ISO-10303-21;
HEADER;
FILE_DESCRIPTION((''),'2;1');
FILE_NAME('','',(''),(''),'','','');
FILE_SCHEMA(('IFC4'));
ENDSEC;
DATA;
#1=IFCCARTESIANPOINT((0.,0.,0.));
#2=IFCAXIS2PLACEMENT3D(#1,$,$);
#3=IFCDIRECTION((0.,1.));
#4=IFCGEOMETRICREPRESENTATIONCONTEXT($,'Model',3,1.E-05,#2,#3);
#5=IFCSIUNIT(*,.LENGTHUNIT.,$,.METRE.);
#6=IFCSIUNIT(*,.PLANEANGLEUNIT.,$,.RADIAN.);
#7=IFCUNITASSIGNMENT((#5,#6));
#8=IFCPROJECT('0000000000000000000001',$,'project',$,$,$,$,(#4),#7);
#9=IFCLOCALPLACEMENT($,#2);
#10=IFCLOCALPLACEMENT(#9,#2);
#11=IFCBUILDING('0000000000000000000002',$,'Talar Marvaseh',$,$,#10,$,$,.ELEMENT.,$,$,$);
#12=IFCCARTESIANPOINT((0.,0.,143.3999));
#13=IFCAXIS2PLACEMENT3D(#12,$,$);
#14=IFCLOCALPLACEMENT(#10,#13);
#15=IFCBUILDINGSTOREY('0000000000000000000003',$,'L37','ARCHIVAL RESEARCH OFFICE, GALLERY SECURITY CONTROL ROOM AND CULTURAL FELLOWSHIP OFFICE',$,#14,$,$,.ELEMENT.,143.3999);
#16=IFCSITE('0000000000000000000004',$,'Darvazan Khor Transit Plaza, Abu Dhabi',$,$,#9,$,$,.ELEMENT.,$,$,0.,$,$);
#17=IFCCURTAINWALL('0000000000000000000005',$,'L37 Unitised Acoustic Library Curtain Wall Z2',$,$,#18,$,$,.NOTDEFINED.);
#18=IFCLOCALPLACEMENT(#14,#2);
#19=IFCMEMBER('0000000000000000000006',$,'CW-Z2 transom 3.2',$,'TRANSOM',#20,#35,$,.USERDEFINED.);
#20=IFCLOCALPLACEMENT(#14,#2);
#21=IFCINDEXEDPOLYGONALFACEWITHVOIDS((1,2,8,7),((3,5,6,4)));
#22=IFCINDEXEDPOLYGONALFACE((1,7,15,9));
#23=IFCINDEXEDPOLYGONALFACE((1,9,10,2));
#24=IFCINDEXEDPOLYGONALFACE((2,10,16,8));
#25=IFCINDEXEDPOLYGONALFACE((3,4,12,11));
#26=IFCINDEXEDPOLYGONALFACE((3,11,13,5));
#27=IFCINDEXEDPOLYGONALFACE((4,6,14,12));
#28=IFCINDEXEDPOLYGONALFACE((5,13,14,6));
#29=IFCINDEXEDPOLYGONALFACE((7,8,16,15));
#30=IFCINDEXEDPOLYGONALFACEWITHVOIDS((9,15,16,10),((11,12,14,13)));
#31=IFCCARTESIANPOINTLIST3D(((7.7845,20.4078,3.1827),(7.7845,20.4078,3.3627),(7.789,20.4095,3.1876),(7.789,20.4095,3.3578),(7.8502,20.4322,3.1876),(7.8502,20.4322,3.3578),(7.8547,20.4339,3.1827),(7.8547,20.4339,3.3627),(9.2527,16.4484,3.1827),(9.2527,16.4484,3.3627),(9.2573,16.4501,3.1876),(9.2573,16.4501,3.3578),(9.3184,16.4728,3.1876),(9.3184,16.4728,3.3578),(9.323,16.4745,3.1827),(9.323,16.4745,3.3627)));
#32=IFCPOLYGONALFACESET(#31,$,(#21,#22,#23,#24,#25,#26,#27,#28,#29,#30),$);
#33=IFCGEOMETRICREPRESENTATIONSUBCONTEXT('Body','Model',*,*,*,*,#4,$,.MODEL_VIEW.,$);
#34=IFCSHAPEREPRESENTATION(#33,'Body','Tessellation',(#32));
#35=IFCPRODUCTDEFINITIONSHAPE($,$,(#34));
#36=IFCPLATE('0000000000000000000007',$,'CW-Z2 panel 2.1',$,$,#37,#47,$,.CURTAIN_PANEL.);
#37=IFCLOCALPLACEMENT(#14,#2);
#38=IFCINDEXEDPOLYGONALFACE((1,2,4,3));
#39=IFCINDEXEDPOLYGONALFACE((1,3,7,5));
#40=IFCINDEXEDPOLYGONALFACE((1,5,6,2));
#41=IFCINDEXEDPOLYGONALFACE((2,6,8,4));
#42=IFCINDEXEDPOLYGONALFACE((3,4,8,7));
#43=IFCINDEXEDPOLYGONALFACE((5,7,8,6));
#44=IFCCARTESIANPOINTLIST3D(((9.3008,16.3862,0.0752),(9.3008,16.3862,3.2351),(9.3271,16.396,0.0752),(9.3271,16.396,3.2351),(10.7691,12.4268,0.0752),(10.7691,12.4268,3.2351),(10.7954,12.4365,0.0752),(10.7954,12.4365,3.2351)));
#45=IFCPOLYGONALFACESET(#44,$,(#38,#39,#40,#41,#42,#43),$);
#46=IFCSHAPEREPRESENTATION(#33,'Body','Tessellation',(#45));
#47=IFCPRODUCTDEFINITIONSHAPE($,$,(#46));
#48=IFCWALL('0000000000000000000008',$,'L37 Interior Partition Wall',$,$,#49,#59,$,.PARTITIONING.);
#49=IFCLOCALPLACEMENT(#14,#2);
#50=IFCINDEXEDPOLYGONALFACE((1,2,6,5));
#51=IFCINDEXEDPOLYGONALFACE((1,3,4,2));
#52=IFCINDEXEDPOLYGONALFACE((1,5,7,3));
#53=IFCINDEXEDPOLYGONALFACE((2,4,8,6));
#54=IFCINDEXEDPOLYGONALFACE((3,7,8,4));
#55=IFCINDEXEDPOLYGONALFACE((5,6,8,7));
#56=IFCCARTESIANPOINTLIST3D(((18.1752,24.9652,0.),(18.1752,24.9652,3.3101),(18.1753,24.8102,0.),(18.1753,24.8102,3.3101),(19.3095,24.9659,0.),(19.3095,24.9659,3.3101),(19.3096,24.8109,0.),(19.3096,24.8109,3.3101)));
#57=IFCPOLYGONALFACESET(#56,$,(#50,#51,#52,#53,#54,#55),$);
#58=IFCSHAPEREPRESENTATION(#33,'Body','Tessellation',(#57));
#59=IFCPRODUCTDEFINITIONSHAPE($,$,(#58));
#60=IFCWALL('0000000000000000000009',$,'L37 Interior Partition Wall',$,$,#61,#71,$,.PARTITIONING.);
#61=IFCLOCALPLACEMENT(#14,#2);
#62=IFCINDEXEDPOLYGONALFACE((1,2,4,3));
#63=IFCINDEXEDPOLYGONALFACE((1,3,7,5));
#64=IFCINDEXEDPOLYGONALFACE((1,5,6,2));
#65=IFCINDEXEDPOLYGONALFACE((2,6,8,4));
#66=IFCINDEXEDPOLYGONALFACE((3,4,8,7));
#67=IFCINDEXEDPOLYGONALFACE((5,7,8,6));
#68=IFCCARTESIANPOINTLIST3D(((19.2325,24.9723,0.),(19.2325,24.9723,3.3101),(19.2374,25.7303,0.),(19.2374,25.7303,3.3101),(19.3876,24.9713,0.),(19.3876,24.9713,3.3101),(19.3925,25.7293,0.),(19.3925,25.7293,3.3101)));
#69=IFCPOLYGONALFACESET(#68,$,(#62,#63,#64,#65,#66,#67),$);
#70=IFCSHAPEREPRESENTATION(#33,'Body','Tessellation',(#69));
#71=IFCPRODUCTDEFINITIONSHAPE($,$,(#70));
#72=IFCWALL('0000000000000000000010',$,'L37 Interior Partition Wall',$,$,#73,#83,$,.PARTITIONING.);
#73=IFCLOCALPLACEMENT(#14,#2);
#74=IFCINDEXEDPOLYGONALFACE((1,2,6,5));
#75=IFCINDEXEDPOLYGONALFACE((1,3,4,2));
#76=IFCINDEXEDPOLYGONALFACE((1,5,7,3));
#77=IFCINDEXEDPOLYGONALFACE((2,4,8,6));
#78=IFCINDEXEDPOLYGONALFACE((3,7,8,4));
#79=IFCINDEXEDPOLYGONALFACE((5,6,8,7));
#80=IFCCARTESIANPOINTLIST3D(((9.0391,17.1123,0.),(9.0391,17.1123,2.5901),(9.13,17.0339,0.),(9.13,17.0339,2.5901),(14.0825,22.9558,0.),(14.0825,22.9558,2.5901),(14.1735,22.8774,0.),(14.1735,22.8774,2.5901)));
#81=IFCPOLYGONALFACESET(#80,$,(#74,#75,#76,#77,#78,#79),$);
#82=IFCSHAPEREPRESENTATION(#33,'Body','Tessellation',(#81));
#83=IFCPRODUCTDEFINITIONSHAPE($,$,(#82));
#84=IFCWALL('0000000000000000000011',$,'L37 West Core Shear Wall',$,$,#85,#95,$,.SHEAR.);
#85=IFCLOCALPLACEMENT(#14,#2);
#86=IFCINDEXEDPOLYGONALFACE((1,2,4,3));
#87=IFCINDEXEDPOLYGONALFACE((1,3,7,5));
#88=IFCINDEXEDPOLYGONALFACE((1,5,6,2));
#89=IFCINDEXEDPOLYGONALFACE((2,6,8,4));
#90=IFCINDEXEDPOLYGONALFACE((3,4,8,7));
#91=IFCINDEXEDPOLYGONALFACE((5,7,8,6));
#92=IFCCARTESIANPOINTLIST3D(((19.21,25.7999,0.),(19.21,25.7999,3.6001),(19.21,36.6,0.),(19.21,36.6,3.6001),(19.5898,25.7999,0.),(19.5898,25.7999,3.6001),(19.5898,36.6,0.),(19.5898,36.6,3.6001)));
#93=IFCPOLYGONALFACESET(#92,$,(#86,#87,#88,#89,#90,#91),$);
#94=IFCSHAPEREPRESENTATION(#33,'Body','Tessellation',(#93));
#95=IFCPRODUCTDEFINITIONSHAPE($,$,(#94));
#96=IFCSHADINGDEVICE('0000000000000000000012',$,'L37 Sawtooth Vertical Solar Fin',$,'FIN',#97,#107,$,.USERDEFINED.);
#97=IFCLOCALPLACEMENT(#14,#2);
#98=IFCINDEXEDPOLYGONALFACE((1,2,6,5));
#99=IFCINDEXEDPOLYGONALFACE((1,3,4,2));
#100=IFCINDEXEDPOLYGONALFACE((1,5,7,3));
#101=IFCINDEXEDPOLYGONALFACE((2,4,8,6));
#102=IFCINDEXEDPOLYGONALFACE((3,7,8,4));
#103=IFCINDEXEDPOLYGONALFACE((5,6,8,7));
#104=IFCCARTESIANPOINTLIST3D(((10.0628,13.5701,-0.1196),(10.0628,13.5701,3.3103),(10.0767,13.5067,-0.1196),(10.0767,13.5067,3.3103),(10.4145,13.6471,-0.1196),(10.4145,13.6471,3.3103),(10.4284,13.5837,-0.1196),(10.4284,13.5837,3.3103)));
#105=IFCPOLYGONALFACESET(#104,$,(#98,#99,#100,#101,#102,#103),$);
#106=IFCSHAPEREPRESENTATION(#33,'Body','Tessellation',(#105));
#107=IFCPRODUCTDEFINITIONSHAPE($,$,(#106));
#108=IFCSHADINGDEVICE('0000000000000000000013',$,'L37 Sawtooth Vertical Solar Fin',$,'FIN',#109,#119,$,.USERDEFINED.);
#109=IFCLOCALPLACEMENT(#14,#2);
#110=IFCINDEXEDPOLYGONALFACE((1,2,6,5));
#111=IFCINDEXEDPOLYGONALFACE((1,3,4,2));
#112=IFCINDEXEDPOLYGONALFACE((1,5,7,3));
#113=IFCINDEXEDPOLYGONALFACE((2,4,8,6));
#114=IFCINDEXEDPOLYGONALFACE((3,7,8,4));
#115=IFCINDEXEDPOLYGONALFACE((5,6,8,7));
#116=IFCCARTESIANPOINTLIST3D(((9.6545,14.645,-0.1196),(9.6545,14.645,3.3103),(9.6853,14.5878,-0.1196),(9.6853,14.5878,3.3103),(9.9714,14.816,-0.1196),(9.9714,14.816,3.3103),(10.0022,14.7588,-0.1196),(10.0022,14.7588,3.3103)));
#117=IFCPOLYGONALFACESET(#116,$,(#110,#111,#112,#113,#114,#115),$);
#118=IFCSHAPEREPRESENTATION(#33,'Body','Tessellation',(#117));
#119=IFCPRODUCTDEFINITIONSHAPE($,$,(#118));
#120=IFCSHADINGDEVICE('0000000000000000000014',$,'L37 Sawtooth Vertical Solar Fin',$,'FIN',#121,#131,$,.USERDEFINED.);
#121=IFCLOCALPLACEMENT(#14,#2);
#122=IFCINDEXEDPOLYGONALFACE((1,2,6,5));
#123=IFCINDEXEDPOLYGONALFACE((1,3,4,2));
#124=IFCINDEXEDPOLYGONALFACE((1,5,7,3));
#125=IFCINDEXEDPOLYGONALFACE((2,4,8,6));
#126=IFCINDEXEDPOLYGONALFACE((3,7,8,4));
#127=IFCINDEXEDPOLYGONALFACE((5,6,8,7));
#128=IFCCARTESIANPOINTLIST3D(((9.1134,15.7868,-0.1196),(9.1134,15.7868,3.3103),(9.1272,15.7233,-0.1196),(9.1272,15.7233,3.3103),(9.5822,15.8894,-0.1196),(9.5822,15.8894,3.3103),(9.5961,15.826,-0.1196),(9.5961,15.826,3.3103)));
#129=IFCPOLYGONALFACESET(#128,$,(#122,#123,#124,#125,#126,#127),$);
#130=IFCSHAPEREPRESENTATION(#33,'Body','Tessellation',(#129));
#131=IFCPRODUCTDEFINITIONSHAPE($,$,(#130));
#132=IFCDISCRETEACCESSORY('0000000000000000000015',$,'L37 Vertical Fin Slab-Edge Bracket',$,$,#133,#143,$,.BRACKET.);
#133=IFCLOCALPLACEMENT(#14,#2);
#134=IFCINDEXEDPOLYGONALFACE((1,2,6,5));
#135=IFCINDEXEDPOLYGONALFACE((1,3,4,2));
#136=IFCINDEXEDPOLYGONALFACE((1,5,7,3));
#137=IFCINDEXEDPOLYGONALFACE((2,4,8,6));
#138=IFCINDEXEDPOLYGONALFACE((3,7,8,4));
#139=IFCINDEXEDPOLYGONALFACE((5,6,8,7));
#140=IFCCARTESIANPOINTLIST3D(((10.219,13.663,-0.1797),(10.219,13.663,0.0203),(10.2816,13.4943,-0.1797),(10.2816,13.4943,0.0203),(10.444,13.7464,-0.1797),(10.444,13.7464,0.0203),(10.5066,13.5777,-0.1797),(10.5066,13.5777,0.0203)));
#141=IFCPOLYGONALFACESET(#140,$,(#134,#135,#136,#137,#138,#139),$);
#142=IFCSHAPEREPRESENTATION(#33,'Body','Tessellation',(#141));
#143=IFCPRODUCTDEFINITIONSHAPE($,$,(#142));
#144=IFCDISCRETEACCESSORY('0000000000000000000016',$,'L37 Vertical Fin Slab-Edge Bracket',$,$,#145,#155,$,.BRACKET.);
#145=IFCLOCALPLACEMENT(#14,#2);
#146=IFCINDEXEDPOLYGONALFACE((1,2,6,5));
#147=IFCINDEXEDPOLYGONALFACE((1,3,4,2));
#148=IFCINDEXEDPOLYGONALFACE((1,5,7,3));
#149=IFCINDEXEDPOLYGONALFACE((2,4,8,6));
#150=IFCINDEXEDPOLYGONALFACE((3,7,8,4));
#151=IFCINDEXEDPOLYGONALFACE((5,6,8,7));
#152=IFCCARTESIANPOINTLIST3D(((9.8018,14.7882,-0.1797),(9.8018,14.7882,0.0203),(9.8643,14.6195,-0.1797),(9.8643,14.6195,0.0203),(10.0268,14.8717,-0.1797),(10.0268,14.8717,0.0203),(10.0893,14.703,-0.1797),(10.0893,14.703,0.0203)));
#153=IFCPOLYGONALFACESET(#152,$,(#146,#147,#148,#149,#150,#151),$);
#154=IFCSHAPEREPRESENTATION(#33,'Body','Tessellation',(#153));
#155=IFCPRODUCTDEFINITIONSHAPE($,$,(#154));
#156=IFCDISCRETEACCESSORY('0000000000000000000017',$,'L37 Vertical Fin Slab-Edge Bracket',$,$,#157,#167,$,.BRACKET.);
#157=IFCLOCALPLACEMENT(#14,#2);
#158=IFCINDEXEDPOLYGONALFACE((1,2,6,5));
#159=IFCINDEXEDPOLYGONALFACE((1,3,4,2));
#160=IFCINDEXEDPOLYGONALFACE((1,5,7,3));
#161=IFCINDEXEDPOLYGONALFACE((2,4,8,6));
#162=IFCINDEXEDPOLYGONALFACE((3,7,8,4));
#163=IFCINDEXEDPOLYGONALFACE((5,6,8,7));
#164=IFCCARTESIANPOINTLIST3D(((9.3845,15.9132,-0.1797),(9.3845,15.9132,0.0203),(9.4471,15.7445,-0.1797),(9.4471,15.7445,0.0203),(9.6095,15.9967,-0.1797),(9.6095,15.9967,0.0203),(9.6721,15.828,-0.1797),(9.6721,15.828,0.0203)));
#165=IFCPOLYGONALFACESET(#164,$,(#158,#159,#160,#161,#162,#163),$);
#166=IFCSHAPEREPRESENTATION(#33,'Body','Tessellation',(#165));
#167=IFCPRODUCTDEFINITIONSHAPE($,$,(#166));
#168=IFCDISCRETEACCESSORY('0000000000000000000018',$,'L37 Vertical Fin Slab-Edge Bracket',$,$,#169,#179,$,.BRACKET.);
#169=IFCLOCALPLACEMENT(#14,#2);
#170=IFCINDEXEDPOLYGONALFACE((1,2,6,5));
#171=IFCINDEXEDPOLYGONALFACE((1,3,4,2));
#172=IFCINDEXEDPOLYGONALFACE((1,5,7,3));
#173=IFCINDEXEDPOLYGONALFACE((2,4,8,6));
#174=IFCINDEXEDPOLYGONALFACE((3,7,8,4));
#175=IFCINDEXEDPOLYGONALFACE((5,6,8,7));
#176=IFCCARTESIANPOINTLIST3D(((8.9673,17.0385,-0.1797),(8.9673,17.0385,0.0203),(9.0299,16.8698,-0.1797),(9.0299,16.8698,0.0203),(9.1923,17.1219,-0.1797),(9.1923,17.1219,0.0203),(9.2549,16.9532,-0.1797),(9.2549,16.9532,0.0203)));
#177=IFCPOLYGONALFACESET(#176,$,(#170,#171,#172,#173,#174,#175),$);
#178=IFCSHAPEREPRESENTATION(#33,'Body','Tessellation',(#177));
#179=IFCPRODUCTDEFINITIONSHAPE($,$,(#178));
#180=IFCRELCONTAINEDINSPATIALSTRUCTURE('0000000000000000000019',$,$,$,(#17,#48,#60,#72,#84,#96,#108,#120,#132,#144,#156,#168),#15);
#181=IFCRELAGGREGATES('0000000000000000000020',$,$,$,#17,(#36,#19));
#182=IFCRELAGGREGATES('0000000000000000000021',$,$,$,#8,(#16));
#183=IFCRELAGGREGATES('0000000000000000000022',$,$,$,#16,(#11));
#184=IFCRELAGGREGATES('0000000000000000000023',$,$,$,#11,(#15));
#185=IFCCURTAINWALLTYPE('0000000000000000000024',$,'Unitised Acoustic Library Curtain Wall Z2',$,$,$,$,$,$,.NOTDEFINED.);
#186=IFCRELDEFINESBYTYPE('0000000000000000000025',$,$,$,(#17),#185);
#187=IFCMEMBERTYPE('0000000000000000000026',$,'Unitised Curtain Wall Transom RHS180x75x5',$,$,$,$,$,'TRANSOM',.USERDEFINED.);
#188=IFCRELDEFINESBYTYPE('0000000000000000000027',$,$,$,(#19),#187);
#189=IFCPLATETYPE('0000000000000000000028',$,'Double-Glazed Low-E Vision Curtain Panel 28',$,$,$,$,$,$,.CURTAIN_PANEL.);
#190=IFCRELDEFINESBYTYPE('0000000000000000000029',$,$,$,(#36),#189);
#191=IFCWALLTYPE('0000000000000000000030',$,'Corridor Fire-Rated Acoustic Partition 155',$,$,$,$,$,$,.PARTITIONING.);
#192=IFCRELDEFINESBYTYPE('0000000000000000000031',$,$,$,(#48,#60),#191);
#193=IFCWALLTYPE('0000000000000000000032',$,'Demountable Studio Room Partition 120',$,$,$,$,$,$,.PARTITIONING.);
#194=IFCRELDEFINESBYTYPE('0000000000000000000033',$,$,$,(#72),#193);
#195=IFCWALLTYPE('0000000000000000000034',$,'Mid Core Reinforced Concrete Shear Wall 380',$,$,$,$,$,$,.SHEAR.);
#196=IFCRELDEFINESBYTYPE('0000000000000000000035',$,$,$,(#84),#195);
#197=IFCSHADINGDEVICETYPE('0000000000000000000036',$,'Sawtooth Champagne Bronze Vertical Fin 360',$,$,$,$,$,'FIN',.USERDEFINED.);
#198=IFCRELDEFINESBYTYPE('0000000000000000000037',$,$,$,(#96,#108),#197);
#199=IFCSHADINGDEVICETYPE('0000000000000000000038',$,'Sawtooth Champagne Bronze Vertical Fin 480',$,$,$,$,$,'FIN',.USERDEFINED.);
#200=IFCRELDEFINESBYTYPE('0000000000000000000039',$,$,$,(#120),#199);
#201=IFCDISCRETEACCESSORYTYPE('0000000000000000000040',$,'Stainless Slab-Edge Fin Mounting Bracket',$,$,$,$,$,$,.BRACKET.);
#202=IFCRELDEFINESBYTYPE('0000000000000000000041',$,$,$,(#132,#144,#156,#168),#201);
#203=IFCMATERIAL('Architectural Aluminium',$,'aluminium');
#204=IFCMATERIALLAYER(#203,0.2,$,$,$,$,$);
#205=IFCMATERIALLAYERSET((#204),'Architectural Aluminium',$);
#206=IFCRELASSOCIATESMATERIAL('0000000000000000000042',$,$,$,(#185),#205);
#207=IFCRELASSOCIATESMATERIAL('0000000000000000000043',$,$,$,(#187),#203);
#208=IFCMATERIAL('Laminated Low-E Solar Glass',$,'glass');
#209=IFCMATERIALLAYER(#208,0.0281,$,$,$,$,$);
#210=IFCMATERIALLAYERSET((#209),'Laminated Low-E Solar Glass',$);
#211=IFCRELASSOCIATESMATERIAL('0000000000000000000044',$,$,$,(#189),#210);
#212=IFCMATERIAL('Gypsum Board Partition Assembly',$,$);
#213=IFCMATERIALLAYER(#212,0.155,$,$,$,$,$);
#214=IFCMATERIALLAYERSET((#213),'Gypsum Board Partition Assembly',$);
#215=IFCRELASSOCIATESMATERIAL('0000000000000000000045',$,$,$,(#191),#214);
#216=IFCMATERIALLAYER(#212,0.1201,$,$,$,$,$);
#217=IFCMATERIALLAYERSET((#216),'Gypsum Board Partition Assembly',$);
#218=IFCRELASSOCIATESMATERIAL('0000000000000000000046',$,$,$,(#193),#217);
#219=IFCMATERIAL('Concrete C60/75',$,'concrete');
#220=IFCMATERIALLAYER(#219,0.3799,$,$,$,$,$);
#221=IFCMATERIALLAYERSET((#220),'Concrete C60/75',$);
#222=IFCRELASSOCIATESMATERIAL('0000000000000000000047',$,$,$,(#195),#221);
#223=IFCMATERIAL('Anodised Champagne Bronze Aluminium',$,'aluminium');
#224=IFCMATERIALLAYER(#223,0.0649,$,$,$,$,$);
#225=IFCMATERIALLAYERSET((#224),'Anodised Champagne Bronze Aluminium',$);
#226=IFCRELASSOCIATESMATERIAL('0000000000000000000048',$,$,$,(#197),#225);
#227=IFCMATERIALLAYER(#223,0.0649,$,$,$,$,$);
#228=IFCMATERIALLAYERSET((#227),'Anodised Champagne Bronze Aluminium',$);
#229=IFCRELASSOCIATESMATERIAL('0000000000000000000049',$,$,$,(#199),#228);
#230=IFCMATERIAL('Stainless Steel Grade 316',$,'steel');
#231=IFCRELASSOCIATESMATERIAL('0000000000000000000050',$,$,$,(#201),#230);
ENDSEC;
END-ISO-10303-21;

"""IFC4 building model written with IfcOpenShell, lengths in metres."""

from ifc_helpers import new_model, si_unit, direction, frame, frame_2d, origin, origin_2d, place, context, subcontext, project, spatial, rectangle, hollow_rectangle, extrude, source, transform, mapped, material, layer, layer_set, material_profile, profile_set, type_object, type_shapes, element, aggregate, save


model = new_model("IFC4")

# Units and contexts
model_context = context("Model", 3, precision=1e-05, world=origin(), true_north=direction((0.0, 1.0)))
body_context = subcontext(model_context, "Body", "Model", "MODEL_VIEW")
ifc_project = project(units=[si_unit("LENGTHUNIT", "METRE"), si_unit("PLANEANGLEUNIT", "RADIAN")], contexts=[model_context])

# Site, building, storey
site_placement = place(None, origin())
site = spatial("IfcSite", under=ifc_project, at=site_placement, Name="Darvazan Khor Transit Plaza, Abu Dhabi", CompositionType="ELEMENT", RefElevation=0.0)
building_placement = place(site_placement, origin())
building = spatial("IfcBuilding", under=site, at=building_placement, Name="Talar Marvaseh", CompositionType="ELEMENT")
storey_placement = place(building_placement, frame((0.0, 0.0, 143.3999)))
storey = spatial("IfcBuildingStorey", under=building, at=storey_placement, Name="L37", Description="ARCHIVAL RESEARCH OFFICE, GALLERY SECURITY CONTROL ROOM AND CULTURAL FELLOWSHIP OFFICE", CompositionType="ELEMENT", Elevation=143.3999)

# Shared definitions
ifc_material_1 = material(Name="Concrete C60/75", Category="concrete")

# Curtain wall, member, plate
ifc_material_2 = material(Name="Architectural Aluminium", Category="aluminium")
ifc_layer_1 = layer(ifc_material_2, 0.2)
ifc_layer_set_1 = layer_set([ifc_layer_1], Name="Architectural Aluminium")
curtain_wall_type = type_object("IfcCurtainWallType", Name="Unitised Acoustic Library Curtain Wall Z2", PredefinedType="NOTDEFINED", material=ifc_layer_set_1)
curtain_wall_placement = place(storey_placement, origin())
curtain_wall = element("IfcCurtainWall", 1, at=curtain_wall_placement, inside=storey, type_object=curtain_wall_type, Name="L37 Unitised Acoustic Library Curtain Wall Z2", PredefinedType="NOTDEFINED")
ifc_material_profile_1 = material_profile(ifc_material_2, hollow_rectangle(XDim=0.075, YDim=0.1799, WallThickness=0.0049, at=origin_2d()), Name="RHS180x75x5")
ifc_profile_set_1 = profile_set([ifc_material_profile_1], Name="Architectural Aluminium")
member_type_1 = type_object("IfcMemberType", Name="Unitised Curtain Wall Transom RHS180x75x5", ElementType="TRANSOM", PredefinedType="USERDEFINED", material=ifc_profile_set_1)
shared_shape_1 = source(origin(), body_context, "Body", "SweptSolid", [
    extrude(hollow_rectangle(XDim=0.075, YDim=0.1799, WallThickness=0.0049, at=origin_2d()), origin(), (0.0, 0.0, 1.0), 4.2229),
])
type_shapes(member_type_1, [shared_shape_1])
member_1_placement = place(storey_placement, frame((9.2878, 16.4614, 3.2727), z_axis=(-0.347687, 0.937611, 0.0), x_axis=(-0.937611, -0.347687, 0.0)))
member_1 = element("IfcMember", 2, at=member_1_placement, type_object=member_type_1, Name="CW-Z2 transom 3.2", ObjectType="TRANSOM", PredefinedType="USERDEFINED", context=body_context, shape_type="MappedRepresentation", body=[
    mapped(shared_shape_1, transform((0.0, 0.0, 0.0), x_axis=(1.0, 0.0, 0.0), y_axis=(0.0, 1.0, 0.0), z_axis=(0.0, 0.0, 1.0), scale=1.0)),
])
ifc_material_3 = material(Name="Laminated Low-E Solar Glass", Category="glass")
ifc_layer_2 = layer(ifc_material_3, 0.0281)
ifc_layer_set_2 = layer_set([ifc_layer_2], Name="Laminated Low-E Solar Glass")
plate_type = type_object("IfcPlateType", Name="Double-Glazed Low-E Vision Curtain Panel 28", PredefinedType="CURTAIN_PANEL", material=ifc_layer_set_2)
shared_shape_2 = source(origin(), body_context, "Body", "SweptSolid", [
    extrude(rectangle(XDim=4.2229, YDim=0.0281, at=origin_2d()), origin(), (0.0, 0.0, 1.0), 3.1599),
])
type_shapes(plate_type, [shared_shape_2])
plate_placement = place(storey_placement, frame((10.0481, 14.4114, 0.0752), z_axis=(0.0, 0.0, 1.0), x_axis=(-0.347688, 0.93761, 0.0)))
plate = element("IfcPlate", 3, at=plate_placement, type_object=plate_type, Name="CW-Z2 panel 2.1", PredefinedType="CURTAIN_PANEL", context=body_context, shape_type="MappedRepresentation", body=[
    mapped(shared_shape_2, transform((0.0, 0.0, 0.0), x_axis=(1.0, 0.0, 0.0), y_axis=(0.0, 1.0, 0.0), z_axis=(0.0, 0.0, 1.0), scale=1.0)),
])
aggregate(curtain_wall, [plate, member_1])

# Shared definitions
ifc_material_4 = material(Name="Gypsum Board Partition Assembly")
ifc_layer_3 = layer(ifc_material_4, 0.155)
ifc_layer_set_3 = layer_set([ifc_layer_3], Name="Gypsum Board Partition Assembly")
wall_type_1 = type_object("IfcWallType", Name="Corridor Fire-Rated Acoustic Partition 155", PredefinedType="PARTITIONING", material=ifc_layer_set_3)

# Walls
wall_1_placement = place(storey_placement, frame((18.1753, 24.8877, 0.0), z_axis=(0.0, 0.0, 1.0), x_axis=(1.0, 0.000646, 0.0)))
element("IfcWall", 4, at=wall_1_placement, inside=storey, type_object=wall_type_1, Name="L37 Interior Partition Wall", PredefinedType="PARTITIONING", context=body_context, shape_type="SweptSolid", body=[
    extrude(rectangle(XDim=1.1343, YDim=0.155, at=frame_2d((0.5671, 0.0))), origin(), (0.0, 0.0, 1.0), 3.3101),
])
wall_2_placement = place(storey_placement, frame((19.3101, 24.9719, 0.0), z_axis=(0.0, 0.0, 1.0), x_axis=(0.006441, 0.999979, 0.0)))
element("IfcWall", 5, at=wall_2_placement, inside=storey, type_object=wall_type_1, Name="L37 Interior Partition Wall", PredefinedType="PARTITIONING", context=body_context, shape_type="SweptSolid", body=[
    extrude(rectangle(XDim=0.7581, YDim=0.155, at=frame_2d((0.3789, 0.0))), origin(), (0.0, 0.0, 1.0), 3.3101),
])
ifc_layer_4 = layer(ifc_material_4, 0.1201)
ifc_layer_set_4 = layer_set([ifc_layer_4], Name="Gypsum Board Partition Assembly")
wall_type_2 = type_object("IfcWallType", Name="Demountable Studio Room Partition 120", PredefinedType="PARTITIONING", material=ifc_layer_set_4)
wall_3_placement = place(storey_placement, frame((14.1279, 22.9165, 0.0), z_axis=(0.0, 0.0, 1.0), x_axis=(-0.653382, -0.757028, 0.0)))
element("IfcWall", 6, at=wall_3_placement, inside=storey, type_object=wall_type_2, Name="L37 Interior Partition Wall", PredefinedType="PARTITIONING", context=body_context, shape_type="SweptSolid", body=[
    extrude(rectangle(XDim=7.719, YDim=0.1201, at=frame_2d((3.8594, 0.0))), origin(), (0.0, 0.0, 1.0), 2.5901),
])
ifc_layer_5 = layer(ifc_material_1, 0.3799)
ifc_layer_set_5 = layer_set([ifc_layer_5], Name="Concrete C60/75")
wall_type_3 = type_object("IfcWallType", Name="Mid Core Reinforced Concrete Shear Wall 380", PredefinedType="SHEAR", material=ifc_layer_set_5)
wall_4_placement = place(storey_placement, frame((19.3999, 25.8, 0.0), z_axis=(0.0, 0.0, 1.0), x_axis=(0.0, 1.0, 0.0)))
element("IfcWall", 7, at=wall_4_placement, inside=storey, type_object=wall_type_3, Name="L37 West Core Shear Wall", PredefinedType="SHEAR", context=body_context, shape_type="SweptSolid", body=[
    extrude(rectangle(XDim=10.8, YDim=0.3799, at=frame_2d((5.3999, 0.0))), origin(), (0.0, 0.0, 1.0), 3.6001),
])

# Shading devices
ifc_material_5 = material(Name="Anodised Champagne Bronze Aluminium", Category="aluminium")
ifc_layer_6 = layer(ifc_material_5, 0.0649)
ifc_layer_set_6 = layer_set([ifc_layer_6], Name="Anodised Champagne Bronze Aluminium")
shading_device_type_1 = type_object("IfcShadingDeviceType", Name="Sawtooth Champagne Bronze Vertical Fin 360", ElementType="FIN", PredefinedType="USERDEFINED", material=ifc_layer_set_6)
shared_shape_3 = source(origin(), body_context, "Body", "SweptSolid", [
    extrude(rectangle(XDim=0.3601, YDim=0.0649, at=origin_2d()), origin(), (0.0, 0.0, 1.0), 3.4299),
])
type_shapes(shading_device_type_1, [shared_shape_3])
for number, where, z_axis, x_axis, name in (
    (8, (10.2456, 13.5769, -0.1196), (0.0, 0.0, 1.0), (-0.976859, -0.213883, 0.0), "L37 Sawtooth Vertical Solar Fin"),
    (9, (9.8284, 14.7019, -0.1196), (0.0, 0.0, 1.0), (-0.880063, -0.474856, 0.0), "L37 Sawtooth Vertical Solar Fin"),
):
    element("IfcShadingDevice", number, at=place(storey_placement, frame(where, z_axis=z_axis, x_axis=x_axis)), inside=storey, type_object=shading_device_type_1, Name=name, ObjectType="FIN", PredefinedType="USERDEFINED", context=body_context, shape_type="MappedRepresentation", body=[
        mapped(shared_shape_3, transform((0.0, 0.0, 0.0), x_axis=(1.0, 0.0, 0.0), y_axis=(0.0, 1.0, 0.0), z_axis=(0.0, 0.0, 1.0), scale=1.0)),
    ])
ifc_layer_7 = layer(ifc_material_5, 0.0649)
ifc_layer_set_7 = layer_set([ifc_layer_7], Name="Anodised Champagne Bronze Aluminium")
shading_device_type_2 = type_object("IfcShadingDeviceType", Name="Sawtooth Champagne Bronze Vertical Fin 480", ElementType="FIN", PredefinedType="USERDEFINED", material=ifc_layer_set_7)
shared_shape_4 = source(origin(), body_context, "Body", "SweptSolid", [
    extrude(rectangle(XDim=0.48, YDim=0.0649, at=origin_2d()), origin(), (0.0, 0.0, 1.0), 3.4299),
])
type_shapes(shading_device_type_2, [shared_shape_4])
shading_device_placement = place(storey_placement, frame((9.3547, 15.8064, -0.1196), z_axis=(0.0, 0.0, 1.0), x_axis=(-0.976859, -0.213883, 0.0)))
element("IfcShadingDevice", 10, at=shading_device_placement, inside=storey, type_object=shading_device_type_2, Name="L37 Sawtooth Vertical Solar Fin", ObjectType="FIN", PredefinedType="USERDEFINED", context=body_context, shape_type="MappedRepresentation", body=[
    mapped(shared_shape_4, transform((0.0, 0.0, 0.0), x_axis=(1.0, 0.0, 0.0), y_axis=(0.0, 1.0, 0.0), z_axis=(0.0, 0.0, 1.0), scale=1.0)),
])

# Discrete accessories
ifc_material_6 = material(Name="Stainless Steel Grade 316", Category="steel")
discrete_accessory_type = type_object("IfcDiscreteAccessoryType", Name="Stainless Slab-Edge Fin Mounting Bracket", PredefinedType="BRACKET", material=ifc_material_6)
shared_shape_5 = source(origin(), body_context, "Body", "SweptSolid", [
    extrude(rectangle(XDim=0.24, YDim=0.1799, at=origin_2d()), origin(), (0.0, 0.0, 1.0), 0.2),
])
type_shapes(discrete_accessory_type, [shared_shape_5])
for number, where, z_axis, x_axis, name in (
    (11, (10.3628, 13.6204, -0.1797), (0.0, 0.0, 1.0), (-0.937586, -0.347754, 0.0), "L37 Vertical Fin Slab-Edge Bracket"),
    (12, (9.9456, 14.7456, -0.1797), (0.0, 0.0, 1.0), (-0.937586, -0.347754, 0.0), "L37 Vertical Fin Slab-Edge Bracket"),
    (13, (9.5283, 15.8706, -0.1797), (0.0, 0.0, 1.0), (-0.937586, -0.347754, 0.0), "L37 Vertical Fin Slab-Edge Bracket"),
    (14, (9.1111, 16.9958, -0.1797), (0.0, 0.0, 1.0), (-0.937586, -0.347754, 0.0), "L37 Vertical Fin Slab-Edge Bracket"),
):
    element("IfcDiscreteAccessory", number, at=place(storey_placement, frame(where, z_axis=z_axis, x_axis=x_axis)), inside=storey, type_object=discrete_accessory_type, Name=name, PredefinedType="BRACKET", context=body_context, shape_type="MappedRepresentation", body=[
        mapped(shared_shape_5, transform((0.0, 0.0, 0.0), x_axis=(1.0, 0.0, 0.0), y_axis=(0.0, 1.0, 0.0), z_axis=(0.0, 0.0, 1.0), scale=1.0)),
    ])

save(model, "model.ifc")
